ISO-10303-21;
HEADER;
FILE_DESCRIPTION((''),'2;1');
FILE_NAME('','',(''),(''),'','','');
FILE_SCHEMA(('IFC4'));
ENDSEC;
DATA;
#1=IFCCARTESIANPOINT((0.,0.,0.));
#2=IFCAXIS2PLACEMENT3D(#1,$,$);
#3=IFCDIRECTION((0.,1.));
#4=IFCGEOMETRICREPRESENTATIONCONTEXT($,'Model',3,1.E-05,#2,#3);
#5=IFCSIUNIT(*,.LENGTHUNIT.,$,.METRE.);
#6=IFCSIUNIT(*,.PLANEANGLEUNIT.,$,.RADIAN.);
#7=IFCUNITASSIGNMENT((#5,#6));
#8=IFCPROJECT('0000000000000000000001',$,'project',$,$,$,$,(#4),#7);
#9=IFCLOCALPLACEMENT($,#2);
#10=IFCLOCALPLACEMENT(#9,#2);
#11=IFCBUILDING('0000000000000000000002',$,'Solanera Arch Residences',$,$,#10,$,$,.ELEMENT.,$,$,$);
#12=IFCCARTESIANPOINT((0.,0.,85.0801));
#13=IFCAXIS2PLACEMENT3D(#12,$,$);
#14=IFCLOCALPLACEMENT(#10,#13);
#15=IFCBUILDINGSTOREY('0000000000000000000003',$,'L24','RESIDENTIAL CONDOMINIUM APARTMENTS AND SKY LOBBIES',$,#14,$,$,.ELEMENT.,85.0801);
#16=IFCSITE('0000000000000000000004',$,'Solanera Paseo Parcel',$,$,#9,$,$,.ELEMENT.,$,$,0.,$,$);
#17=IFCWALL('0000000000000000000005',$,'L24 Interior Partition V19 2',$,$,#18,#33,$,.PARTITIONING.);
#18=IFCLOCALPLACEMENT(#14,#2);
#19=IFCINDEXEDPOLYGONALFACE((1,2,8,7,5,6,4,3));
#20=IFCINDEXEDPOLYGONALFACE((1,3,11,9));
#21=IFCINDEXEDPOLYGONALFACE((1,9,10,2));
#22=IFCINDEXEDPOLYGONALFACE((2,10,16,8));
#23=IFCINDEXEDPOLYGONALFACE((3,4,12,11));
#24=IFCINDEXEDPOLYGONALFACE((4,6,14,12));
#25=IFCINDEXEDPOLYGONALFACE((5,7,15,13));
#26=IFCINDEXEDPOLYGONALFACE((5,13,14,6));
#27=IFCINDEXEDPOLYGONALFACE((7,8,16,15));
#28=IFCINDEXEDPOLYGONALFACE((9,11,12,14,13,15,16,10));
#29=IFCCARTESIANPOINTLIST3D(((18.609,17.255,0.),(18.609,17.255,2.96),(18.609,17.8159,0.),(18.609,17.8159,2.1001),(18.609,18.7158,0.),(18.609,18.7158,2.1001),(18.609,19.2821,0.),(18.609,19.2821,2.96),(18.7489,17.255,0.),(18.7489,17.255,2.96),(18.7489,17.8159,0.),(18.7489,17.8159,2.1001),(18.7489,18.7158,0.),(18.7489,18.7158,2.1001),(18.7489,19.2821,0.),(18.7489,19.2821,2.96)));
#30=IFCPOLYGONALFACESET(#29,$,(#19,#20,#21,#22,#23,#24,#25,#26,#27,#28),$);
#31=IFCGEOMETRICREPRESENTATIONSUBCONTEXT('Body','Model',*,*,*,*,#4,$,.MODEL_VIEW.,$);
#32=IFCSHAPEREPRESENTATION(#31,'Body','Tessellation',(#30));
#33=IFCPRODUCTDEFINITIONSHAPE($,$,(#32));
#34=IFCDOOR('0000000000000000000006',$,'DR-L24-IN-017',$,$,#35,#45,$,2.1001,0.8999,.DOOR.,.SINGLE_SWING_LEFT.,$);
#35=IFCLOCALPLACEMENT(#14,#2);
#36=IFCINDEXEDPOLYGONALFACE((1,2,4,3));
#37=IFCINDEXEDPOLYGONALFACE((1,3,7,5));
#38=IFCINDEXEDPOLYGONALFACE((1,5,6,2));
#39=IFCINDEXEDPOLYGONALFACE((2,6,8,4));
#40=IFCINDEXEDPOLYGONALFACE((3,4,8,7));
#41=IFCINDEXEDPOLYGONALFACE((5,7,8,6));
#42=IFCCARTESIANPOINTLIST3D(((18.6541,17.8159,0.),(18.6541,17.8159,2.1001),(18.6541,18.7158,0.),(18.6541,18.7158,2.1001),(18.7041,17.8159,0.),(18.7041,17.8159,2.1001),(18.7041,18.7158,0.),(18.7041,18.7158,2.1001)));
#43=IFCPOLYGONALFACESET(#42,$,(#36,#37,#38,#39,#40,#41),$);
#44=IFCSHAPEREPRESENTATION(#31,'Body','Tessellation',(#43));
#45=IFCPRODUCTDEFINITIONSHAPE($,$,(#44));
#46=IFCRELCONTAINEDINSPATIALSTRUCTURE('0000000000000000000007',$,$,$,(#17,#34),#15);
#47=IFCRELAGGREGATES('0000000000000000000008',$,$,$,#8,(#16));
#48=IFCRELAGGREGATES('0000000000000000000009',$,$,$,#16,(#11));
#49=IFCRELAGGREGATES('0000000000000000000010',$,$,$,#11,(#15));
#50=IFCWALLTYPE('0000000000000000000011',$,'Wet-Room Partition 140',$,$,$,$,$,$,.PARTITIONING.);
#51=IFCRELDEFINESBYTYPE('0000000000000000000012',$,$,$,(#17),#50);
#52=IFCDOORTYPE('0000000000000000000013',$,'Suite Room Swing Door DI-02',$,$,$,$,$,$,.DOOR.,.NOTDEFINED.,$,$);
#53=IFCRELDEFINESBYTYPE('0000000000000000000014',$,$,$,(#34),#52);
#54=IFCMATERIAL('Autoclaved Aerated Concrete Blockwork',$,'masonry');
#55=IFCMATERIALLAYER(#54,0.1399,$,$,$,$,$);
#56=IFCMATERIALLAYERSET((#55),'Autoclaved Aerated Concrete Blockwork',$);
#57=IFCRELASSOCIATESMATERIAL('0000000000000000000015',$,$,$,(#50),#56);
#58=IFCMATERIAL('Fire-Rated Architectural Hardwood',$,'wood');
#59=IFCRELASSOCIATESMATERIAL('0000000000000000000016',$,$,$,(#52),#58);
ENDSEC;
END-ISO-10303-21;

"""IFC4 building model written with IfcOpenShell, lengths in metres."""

from ifc_helpers import new_model, si_unit, direction, frame, frame_2d, origin, place, context, subcontext, project, spatial, rectangle, extrude, material, layer, layer_set, type_object, element, fill, save


model = new_model("IFC4")

# Units and contexts
model_context = context("Model", 3, precision=1e-05, world=origin(), true_north=direction((0.0, 1.0)))
body_context = subcontext(model_context, "Body", "Model", "MODEL_VIEW")
ifc_project = project(units=[si_unit("LENGTHUNIT", "METRE"), si_unit("PLANEANGLEUNIT", "RADIAN")], contexts=[model_context])

# Site, building, storey
site_placement = place(None, origin())
site = spatial("IfcSite", under=ifc_project, at=site_placement, Name="Solanera Paseo Parcel", CompositionType="ELEMENT", RefElevation=0.0)
building_placement = place(site_placement, origin())
building = spatial("IfcBuilding", under=site, at=building_placement, Name="Solanera Arch Residences", CompositionType="ELEMENT")
storey_placement = place(building_placement, frame((0.0, 0.0, 85.0801)))
storey = spatial("IfcBuildingStorey", under=building, at=storey_placement, Name="L24", Description="RESIDENTIAL CONDOMINIUM APARTMENTS AND SKY LOBBIES", CompositionType="ELEMENT", Elevation=85.0801)

# Shared definitions
ifc_material_1 = material(Name="Autoclaved Aerated Concrete Blockwork", Category="masonry")
ifc_layer_1 = layer(ifc_material_1, 0.1399)
ifc_layer_set_1 = layer_set([ifc_layer_1], Name="Autoclaved Aerated Concrete Blockwork")
wall_type_1 = type_object("IfcWallType", Name="Wet-Room Partition 140", PredefinedType="PARTITIONING", material=ifc_layer_set_1)

# Shared definitions
ifc_material_2 = material(Name="Fire-Rated Architectural Hardwood", Category="wood")
door_type_1 = type_object("IfcDoorType", Name="Suite Room Swing Door DI-02", OperationType="NOTDEFINED", PredefinedType="DOOR", material=ifc_material_2)

# Wall, opening, door
wall_1_placement = place(storey_placement, frame((18.679, 17.2549, 0.0), z_axis=(0.0, 0.0, 1.0), x_axis=(0.0, 1.0, 0.0)))
wall_1 = element("IfcWall", 1, at=wall_1_placement, inside=storey, type_object=wall_type_1, Name="L24 Interior Partition V19 2", PredefinedType="PARTITIONING", context=body_context, shape_type="SweptSolid", body=[
    extrude(rectangle(XDim=2.0271, YDim=0.1399, at=frame_2d((1.0137, 0.0))), origin(), (0.0, 0.0, 1.0), 2.96),
])
opening_1_placement = place(wall_1_placement, frame((0.561, 0.0, 0.0)))
opening_1 = element("IfcOpeningElement", 2, at=opening_1_placement, cuts=wall_1, PredefinedType="OPENING", context=body_context, shape_type="SweptSolid", body=[
    extrude(rectangle(XDim=0.8999, YDim=2.1001, at=frame_2d((0.45, 1.05))), frame((0.0, 0.0798, 0.0), z_axis=(0.0, -1.0, 0.0), x_axis=(1.0, 0.0, 0.0)), (0.0, 0.0, 1.0), 0.1599),
])
door_1_placement = place(opening_1_placement, origin())
door_1 = element("IfcDoor", 3, at=door_1_placement, inside=storey, type_object=door_type_1, Name="DR-L24-IN-017", OperationType="SINGLE_SWING_LEFT", OverallHeight=2.1001, OverallWidth=0.8999, PredefinedType="DOOR", context=body_context, shape_type="SweptSolid", body=[
    extrude(rectangle(XDim=0.8999, YDim=2.1001, at=frame_2d((0.45, 1.05))), frame((0.0, 0.0249, 0.0), z_axis=(0.0, -1.0, 0.0), x_axis=(1.0, 0.0, 0.0)), (0.0, 0.0, 1.0), 0.05),
])
fill(opening_1, door_1)

save(model, "model.ifc")
